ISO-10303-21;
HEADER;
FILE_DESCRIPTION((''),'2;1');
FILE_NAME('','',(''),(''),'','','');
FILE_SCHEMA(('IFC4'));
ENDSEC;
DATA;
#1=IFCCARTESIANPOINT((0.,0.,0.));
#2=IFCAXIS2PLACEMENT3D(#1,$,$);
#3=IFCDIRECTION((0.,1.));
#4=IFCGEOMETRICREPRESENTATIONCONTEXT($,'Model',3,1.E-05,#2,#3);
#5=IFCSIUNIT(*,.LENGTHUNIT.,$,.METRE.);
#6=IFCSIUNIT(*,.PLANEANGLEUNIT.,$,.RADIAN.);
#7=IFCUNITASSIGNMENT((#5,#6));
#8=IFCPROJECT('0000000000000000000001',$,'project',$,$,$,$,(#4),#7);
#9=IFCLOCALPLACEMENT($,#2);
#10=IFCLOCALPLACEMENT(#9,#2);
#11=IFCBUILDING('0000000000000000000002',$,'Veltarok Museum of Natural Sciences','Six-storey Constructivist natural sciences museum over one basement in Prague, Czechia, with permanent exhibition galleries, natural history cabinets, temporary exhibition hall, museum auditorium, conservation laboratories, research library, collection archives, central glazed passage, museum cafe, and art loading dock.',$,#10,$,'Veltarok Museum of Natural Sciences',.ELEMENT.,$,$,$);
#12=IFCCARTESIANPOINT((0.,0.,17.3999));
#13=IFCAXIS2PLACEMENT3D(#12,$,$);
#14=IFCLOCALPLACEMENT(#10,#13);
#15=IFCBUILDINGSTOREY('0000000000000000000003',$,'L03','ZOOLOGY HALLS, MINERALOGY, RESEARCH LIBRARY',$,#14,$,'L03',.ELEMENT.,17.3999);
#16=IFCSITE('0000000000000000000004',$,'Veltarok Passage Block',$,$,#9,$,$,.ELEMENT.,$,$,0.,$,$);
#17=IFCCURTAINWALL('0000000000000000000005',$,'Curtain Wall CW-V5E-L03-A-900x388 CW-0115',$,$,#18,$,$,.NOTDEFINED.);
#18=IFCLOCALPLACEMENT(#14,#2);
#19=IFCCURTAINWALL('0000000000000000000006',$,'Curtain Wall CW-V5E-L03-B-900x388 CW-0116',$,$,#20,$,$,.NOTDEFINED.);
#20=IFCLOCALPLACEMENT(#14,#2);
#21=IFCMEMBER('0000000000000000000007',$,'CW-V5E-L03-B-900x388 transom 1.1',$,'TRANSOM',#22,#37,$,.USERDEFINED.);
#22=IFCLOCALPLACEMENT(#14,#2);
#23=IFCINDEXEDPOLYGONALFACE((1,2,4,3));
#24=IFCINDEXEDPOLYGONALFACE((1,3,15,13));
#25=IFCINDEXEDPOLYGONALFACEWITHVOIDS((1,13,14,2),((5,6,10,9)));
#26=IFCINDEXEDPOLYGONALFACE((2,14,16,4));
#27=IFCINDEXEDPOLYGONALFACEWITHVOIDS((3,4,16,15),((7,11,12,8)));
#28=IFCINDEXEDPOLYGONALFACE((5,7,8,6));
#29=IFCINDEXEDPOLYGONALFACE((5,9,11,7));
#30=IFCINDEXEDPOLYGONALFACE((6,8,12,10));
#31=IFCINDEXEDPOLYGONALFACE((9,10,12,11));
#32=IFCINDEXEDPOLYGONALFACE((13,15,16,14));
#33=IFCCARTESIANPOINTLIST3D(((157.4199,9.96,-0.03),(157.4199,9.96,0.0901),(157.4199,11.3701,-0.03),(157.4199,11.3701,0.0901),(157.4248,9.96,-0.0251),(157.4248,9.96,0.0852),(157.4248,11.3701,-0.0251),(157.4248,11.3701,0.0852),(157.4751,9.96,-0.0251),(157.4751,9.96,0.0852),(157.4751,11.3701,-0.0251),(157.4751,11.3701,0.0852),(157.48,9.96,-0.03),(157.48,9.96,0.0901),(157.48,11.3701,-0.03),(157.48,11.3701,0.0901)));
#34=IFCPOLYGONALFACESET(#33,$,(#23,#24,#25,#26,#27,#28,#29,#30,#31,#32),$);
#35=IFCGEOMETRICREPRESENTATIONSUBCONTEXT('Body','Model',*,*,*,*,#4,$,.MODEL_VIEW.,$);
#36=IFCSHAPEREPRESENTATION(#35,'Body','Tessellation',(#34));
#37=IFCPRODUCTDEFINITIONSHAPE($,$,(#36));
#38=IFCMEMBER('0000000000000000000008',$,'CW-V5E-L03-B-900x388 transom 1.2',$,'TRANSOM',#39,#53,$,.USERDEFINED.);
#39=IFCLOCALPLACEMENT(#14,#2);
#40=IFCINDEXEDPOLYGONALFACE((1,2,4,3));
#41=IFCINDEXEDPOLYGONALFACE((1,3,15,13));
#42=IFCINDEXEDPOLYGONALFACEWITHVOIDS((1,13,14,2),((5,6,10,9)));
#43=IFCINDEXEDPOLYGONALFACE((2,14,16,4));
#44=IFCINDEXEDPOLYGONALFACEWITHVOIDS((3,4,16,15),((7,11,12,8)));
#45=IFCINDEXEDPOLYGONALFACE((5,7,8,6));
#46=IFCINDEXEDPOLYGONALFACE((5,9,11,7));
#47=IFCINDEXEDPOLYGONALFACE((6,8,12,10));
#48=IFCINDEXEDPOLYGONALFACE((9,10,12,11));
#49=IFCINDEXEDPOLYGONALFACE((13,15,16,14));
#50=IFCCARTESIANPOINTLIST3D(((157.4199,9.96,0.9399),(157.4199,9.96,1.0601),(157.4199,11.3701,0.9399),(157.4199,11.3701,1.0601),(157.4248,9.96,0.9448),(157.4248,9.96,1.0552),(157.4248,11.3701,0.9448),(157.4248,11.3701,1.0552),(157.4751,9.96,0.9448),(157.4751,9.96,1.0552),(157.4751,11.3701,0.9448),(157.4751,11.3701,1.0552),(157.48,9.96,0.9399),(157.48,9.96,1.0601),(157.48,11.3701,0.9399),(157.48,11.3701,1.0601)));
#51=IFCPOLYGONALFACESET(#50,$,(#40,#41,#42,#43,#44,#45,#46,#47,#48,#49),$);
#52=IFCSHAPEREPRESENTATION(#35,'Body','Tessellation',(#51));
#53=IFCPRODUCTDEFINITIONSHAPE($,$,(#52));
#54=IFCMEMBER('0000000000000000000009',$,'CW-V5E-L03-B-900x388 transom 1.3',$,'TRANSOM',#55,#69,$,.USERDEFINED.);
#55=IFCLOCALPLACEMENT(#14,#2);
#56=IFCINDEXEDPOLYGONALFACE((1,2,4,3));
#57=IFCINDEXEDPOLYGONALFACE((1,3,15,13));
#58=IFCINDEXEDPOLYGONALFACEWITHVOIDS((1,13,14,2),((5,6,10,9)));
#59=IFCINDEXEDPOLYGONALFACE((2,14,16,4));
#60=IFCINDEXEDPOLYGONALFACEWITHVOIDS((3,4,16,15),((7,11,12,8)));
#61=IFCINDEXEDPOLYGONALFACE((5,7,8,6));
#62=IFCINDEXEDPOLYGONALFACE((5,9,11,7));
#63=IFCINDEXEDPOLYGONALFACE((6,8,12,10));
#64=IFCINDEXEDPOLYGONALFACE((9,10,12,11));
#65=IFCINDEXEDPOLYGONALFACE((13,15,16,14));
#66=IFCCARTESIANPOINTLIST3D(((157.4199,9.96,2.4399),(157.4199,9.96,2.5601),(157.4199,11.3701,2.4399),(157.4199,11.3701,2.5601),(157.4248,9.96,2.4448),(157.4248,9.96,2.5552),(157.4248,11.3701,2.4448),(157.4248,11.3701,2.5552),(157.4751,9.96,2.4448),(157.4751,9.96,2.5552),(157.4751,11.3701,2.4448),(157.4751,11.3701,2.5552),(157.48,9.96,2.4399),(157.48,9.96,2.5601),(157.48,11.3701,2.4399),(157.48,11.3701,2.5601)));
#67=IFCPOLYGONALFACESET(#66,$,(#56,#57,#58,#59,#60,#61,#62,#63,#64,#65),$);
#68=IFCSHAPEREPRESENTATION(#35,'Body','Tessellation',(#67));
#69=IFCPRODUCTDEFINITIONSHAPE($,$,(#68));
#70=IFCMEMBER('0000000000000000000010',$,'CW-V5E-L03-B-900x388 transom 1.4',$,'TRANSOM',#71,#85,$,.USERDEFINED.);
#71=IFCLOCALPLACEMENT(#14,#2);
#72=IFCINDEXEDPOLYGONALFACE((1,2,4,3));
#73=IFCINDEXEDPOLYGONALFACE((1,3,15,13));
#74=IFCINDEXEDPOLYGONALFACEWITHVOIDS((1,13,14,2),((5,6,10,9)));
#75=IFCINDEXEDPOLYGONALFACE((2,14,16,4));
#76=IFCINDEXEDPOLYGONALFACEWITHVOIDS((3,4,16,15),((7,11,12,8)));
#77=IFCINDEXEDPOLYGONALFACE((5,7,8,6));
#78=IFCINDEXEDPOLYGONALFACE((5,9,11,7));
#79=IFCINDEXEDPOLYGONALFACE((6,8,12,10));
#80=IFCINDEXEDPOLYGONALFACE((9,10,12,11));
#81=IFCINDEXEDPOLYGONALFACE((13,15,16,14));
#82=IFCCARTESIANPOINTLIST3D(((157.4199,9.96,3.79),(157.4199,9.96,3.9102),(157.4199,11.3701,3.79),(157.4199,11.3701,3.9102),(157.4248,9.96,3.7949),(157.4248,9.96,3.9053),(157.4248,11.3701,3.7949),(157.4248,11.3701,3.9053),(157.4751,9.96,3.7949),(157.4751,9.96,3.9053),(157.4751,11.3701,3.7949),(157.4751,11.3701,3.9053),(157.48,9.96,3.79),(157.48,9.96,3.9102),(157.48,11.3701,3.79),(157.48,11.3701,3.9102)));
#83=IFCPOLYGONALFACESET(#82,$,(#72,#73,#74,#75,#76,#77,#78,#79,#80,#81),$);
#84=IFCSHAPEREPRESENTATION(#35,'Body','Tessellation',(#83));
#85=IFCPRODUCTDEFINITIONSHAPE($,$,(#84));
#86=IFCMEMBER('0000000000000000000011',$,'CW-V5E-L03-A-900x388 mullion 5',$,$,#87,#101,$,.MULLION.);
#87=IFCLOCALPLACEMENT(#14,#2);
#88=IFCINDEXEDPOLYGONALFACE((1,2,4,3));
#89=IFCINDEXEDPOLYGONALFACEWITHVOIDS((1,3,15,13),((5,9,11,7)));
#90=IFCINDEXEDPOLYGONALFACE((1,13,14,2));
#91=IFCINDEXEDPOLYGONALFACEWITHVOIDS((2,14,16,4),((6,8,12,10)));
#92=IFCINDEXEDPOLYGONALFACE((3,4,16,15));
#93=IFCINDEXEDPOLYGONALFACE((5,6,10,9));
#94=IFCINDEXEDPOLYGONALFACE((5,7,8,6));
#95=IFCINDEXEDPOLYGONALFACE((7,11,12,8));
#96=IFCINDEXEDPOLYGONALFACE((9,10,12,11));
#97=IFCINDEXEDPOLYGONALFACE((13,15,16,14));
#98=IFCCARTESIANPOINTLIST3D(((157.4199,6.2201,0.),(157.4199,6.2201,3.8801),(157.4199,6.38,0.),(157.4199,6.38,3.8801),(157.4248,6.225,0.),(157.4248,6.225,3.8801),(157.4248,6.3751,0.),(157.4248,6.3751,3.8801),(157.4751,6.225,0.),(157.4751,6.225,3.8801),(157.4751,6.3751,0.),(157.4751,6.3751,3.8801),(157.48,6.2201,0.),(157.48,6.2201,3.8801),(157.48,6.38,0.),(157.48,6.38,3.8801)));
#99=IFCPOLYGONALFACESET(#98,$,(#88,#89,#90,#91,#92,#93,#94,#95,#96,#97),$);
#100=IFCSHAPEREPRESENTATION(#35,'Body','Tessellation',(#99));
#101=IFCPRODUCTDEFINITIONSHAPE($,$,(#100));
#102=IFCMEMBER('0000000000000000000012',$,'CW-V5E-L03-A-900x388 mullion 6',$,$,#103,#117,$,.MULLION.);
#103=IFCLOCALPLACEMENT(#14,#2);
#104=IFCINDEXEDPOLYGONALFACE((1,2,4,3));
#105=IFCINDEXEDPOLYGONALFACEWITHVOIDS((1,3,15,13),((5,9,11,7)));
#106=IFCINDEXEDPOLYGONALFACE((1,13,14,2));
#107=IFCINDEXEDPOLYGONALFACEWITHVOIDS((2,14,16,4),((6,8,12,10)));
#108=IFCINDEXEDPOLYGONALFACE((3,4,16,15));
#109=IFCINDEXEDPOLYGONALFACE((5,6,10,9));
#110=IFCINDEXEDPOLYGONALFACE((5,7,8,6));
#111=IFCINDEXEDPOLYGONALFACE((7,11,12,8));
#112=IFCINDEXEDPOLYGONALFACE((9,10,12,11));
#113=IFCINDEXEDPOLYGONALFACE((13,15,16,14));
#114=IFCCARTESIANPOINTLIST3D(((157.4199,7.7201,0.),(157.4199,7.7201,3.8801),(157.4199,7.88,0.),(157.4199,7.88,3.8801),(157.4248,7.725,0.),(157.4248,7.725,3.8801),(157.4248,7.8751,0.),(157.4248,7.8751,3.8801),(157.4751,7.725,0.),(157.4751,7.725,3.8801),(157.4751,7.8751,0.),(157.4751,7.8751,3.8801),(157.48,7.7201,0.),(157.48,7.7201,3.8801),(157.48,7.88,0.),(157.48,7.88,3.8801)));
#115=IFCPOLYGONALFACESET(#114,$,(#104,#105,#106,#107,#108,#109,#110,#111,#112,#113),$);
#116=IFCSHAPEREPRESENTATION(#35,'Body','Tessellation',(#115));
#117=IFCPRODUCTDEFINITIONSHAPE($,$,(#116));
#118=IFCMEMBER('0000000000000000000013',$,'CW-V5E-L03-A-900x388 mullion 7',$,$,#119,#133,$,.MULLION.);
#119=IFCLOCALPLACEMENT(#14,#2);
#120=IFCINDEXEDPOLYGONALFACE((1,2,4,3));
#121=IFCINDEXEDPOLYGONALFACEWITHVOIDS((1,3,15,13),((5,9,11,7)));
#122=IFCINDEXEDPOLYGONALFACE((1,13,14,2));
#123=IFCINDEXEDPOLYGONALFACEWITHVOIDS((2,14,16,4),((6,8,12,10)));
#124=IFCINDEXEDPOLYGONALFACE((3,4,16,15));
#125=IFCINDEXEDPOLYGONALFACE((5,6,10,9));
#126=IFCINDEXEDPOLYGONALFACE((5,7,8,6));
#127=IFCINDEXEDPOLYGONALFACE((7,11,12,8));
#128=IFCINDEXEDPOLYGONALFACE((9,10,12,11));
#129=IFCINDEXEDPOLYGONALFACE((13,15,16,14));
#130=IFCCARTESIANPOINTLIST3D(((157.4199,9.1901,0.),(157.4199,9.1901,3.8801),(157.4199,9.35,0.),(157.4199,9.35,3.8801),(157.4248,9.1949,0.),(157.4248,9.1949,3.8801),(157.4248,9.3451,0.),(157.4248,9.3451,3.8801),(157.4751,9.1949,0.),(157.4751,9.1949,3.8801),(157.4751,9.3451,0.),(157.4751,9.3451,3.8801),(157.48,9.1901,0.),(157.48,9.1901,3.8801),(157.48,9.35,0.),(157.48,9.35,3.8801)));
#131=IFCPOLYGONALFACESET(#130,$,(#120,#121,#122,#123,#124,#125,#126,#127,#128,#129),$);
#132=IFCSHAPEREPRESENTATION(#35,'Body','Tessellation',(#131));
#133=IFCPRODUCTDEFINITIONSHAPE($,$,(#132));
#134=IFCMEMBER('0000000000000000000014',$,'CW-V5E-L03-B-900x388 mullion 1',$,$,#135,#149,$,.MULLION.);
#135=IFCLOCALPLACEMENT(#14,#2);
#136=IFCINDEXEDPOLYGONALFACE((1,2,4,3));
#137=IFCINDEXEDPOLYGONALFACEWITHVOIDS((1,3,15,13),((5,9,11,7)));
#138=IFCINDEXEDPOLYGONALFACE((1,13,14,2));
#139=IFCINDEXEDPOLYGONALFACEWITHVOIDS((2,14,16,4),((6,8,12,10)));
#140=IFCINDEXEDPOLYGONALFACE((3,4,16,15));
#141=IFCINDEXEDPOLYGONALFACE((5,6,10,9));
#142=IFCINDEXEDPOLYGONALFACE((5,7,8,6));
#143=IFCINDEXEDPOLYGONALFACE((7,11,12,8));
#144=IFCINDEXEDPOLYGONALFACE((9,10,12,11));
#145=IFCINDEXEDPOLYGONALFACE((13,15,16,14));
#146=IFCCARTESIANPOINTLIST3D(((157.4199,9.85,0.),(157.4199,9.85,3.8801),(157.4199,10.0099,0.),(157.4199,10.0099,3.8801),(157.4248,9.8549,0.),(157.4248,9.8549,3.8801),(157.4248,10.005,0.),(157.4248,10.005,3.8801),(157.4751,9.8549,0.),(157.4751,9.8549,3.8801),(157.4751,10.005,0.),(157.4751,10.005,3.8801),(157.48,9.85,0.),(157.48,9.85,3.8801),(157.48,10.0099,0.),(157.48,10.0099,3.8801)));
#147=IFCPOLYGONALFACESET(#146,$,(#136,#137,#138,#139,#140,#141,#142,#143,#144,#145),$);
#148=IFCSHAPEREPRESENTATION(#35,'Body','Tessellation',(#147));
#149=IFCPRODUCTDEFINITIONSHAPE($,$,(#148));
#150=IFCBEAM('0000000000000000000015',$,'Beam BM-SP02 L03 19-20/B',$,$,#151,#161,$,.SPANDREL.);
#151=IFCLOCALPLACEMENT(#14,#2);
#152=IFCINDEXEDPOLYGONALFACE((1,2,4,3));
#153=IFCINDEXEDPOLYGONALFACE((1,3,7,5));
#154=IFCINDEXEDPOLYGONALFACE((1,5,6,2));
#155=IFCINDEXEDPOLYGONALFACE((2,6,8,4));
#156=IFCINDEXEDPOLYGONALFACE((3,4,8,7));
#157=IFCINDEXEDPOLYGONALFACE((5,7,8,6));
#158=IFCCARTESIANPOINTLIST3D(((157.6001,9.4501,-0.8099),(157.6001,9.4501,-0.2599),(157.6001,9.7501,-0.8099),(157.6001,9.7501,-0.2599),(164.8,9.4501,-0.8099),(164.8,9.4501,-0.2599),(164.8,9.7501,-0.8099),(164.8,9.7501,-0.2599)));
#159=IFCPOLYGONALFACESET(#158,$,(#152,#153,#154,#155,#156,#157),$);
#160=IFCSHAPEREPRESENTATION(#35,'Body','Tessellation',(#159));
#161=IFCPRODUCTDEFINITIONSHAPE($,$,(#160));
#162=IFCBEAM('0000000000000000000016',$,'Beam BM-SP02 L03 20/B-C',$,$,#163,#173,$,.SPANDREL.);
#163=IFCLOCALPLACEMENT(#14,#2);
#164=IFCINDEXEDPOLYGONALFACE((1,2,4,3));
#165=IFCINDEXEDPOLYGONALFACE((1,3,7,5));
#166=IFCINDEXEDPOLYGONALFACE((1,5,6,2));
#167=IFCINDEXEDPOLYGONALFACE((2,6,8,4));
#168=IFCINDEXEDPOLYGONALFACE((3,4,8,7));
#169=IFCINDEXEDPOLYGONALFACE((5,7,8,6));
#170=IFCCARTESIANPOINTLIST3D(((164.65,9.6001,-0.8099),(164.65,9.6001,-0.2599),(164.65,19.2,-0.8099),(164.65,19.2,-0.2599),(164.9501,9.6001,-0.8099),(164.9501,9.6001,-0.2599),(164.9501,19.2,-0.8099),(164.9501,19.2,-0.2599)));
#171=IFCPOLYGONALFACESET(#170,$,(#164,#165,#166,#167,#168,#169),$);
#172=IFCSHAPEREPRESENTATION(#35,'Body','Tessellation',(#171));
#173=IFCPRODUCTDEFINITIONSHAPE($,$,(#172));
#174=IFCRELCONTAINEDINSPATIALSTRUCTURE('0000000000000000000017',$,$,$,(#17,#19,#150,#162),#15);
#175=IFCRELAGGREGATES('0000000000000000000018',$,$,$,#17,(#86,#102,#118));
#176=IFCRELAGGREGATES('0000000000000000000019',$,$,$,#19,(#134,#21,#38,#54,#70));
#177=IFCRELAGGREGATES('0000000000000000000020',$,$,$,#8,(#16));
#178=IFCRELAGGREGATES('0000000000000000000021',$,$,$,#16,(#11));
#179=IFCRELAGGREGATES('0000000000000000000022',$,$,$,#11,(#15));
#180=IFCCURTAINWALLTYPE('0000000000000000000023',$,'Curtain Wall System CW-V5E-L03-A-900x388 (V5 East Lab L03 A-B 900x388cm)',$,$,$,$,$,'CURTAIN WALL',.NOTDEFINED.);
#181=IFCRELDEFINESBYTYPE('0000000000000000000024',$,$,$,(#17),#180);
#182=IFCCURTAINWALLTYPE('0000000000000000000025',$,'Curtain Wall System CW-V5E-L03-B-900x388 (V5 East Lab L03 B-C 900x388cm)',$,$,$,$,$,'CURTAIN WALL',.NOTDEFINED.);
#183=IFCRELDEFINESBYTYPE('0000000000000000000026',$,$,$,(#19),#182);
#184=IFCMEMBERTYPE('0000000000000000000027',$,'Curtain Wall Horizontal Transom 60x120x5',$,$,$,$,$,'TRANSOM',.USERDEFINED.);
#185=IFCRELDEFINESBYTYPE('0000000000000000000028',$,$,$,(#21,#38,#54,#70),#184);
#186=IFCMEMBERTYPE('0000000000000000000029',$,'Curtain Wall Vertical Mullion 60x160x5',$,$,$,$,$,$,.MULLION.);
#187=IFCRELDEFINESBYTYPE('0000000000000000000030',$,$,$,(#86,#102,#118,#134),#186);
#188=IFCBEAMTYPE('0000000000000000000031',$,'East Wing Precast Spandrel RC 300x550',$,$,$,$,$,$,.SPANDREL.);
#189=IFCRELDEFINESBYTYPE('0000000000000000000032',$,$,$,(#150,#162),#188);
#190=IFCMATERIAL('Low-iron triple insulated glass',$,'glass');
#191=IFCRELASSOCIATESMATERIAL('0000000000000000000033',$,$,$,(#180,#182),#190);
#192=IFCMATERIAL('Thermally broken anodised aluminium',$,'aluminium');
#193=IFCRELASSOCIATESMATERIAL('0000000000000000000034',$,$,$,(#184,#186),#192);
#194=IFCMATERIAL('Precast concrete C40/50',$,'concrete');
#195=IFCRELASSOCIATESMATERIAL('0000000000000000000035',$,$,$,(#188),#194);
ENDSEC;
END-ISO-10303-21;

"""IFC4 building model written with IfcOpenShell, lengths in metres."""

from ifc_helpers import new_model, si_unit, direction, frame, origin, origin_2d, place, context, subcontext, project, spatial, rectangle, hollow_rectangle, extrude, material, material_profile, profile_set, type_object, element, aggregate, save


model = new_model("IFC4")

# Units and contexts
model_context = context("Model", 3, precision=1e-05, world=origin(), true_north=direction((0.0, 1.0)))
body_context = subcontext(model_context, "Body", "Model", "MODEL_VIEW")
ifc_project = project(units=[si_unit("LENGTHUNIT", "METRE"), si_unit("PLANEANGLEUNIT", "RADIAN")], contexts=[model_context])

# Site, building, storey
site_placement = place(None, origin())
site = spatial("IfcSite", under=ifc_project, at=site_placement, Name="Veltarok Passage Block", CompositionType="ELEMENT", RefElevation=0.0)
building_placement = place(site_placement, origin())
building = spatial("IfcBuilding", under=site, at=building_placement, Name="Veltarok Museum of Natural Sciences", Description="Six-storey Constructivist natural sciences museum over one basement in Prague, Czechia, with permanent exhibition galleries, natural history cabinets, temporary exhibition hall, museum auditorium, conservation laboratories, research library, collection archives, central glazed passage, museum cafe, and art loading dock.", LongName="Veltarok Museum of Natural Sciences", CompositionType="ELEMENT")
storey_placement = place(building_placement, frame((0.0, 0.0, 17.3999)))
storey = spatial("IfcBuildingStorey", under=building, at=storey_placement, Name="L03", Description="ZOOLOGY HALLS, MINERALOGY, RESEARCH LIBRARY", LongName="L03", CompositionType="ELEMENT", Elevation=17.3999)

# Curtain walls, members
ifc_material_1 = material(Name="Low-iron triple insulated glass", Category="glass")
curtain_wall_type_1 = type_object("IfcCurtainWallType", Name="Curtain Wall System CW-V5E-L03-A-900x388 (V5 East Lab L03 A-B 900x388cm)", ElementType="CURTAIN WALL", PredefinedType="NOTDEFINED", material=ifc_material_1)
curtain_wall_1_placement = place(storey_placement, origin())
curtain_wall_1 = element("IfcCurtainWall", 1, at=curtain_wall_1_placement, inside=storey, type_object=curtain_wall_type_1, Name="Curtain Wall CW-V5E-L03-A-900x388 CW-0115", PredefinedType="NOTDEFINED")
ifc_material_2 = material(Name="Thermally broken anodised aluminium", Category="aluminium")
ifc_material_profile_1 = material_profile(ifc_material_2, hollow_rectangle(XDim=0.0601, YDim=0.1201, WallThickness=0.0049, at=origin_2d()), Name="CW TRANSOM 60x120x5")
ifc_profile_set_1 = profile_set([ifc_material_profile_1], Name="Thermally broken anodised aluminium")
member_type_1 = type_object("IfcMemberType", Name="Curtain Wall Horizontal Transom 60x120x5", ElementType="TRANSOM", PredefinedType="USERDEFINED", material=ifc_profile_set_1)
curtain_wall_type_2 = type_object("IfcCurtainWallType", Name="Curtain Wall System CW-V5E-L03-B-900x388 (V5 East Lab L03 B-C 900x388cm)", ElementType="CURTAIN WALL", PredefinedType="NOTDEFINED", material=ifc_material_1)
curtain_wall_2_placement = place(storey_placement, origin())
curtain_wall_2 = element("IfcCurtainWall", 2, at=curtain_wall_2_placement, inside=storey, type_object=curtain_wall_type_2, Name="Curtain Wall CW-V5E-L03-B-900x388 CW-0116", PredefinedType="NOTDEFINED")
member_1_placement = place(storey_placement, frame((157.45, 9.96, 0.03), z_axis=(0.0, 1.0, 0.0), x_axis=(-1.0, 0.0, 0.0)))
member_1 = element("IfcMember", 3, at=member_1_placement, type_object=member_type_1, Name="CW-V5E-L03-B-900x388 transom 1.1", ObjectType="TRANSOM", PredefinedType="USERDEFINED", context=body_context, shape_type="SweptSolid", body=[
    extrude(hollow_rectangle(XDim=0.0601, YDim=0.1201, WallThickness=0.0049, at=origin_2d()), origin(), (0.0, 0.0, 1.0), 1.4102),
])
member_2_placement = place(storey_placement, frame((157.45, 9.96, 1.0), z_axis=(0.0, 1.0, 0.0), x_axis=(-1.0, 0.0, 0.0)))
member_2 = element("IfcMember", 4, at=member_2_placement, type_object=member_type_1, Name="CW-V5E-L03-B-900x388 transom 1.2", ObjectType="TRANSOM", PredefinedType="USERDEFINED", context=body_context, shape_type="SweptSolid", body=[
    extrude(hollow_rectangle(XDim=0.0601, YDim=0.1201, WallThickness=0.0049, at=origin_2d()), origin(), (0.0, 0.0, 1.0), 1.4102),
])
member_3_placement = place(storey_placement, frame((157.45, 9.96, 2.5), z_axis=(0.0, 1.0, 0.0), x_axis=(-1.0, 0.0, 0.0)))
member_3 = element("IfcMember", 5, at=member_3_placement, type_object=member_type_1, Name="CW-V5E-L03-B-900x388 transom 1.3", ObjectType="TRANSOM", PredefinedType="USERDEFINED", context=body_context, shape_type="SweptSolid", body=[
    extrude(hollow_rectangle(XDim=0.0601, YDim=0.1201, WallThickness=0.0049, at=origin_2d()), origin(), (0.0, 0.0, 1.0), 1.4102),
])
member_4_placement = place(storey_placement, frame((157.45, 9.96, 3.8501), z_axis=(0.0, 1.0, 0.0), x_axis=(-1.0, 0.0, 0.0)))
member_4 = element("IfcMember", 6, at=member_4_placement, type_object=member_type_1, Name="CW-V5E-L03-B-900x388 transom 1.4", ObjectType="TRANSOM", PredefinedType="USERDEFINED", context=body_context, shape_type="SweptSolid", body=[
    extrude(hollow_rectangle(XDim=0.0601, YDim=0.1201, WallThickness=0.0049, at=origin_2d()), origin(), (0.0, 0.0, 1.0), 1.4102),
])

# Members
ifc_material_profile_2 = material_profile(ifc_material_2, hollow_rectangle(XDim=0.0601, YDim=0.1599, WallThickness=0.0049, at=origin_2d()), Name="CW MULLION 60x160x5")
ifc_profile_set_2 = profile_set([ifc_material_profile_2], Name="Thermally broken anodised aluminium")
member_type_2 = type_object("IfcMemberType", Name="Curtain Wall Vertical Mullion 60x160x5", PredefinedType="MULLION", material=ifc_profile_set_2)
member_5_placement = place(storey_placement, frame((157.45, 6.3, 0.0), z_axis=(0.0, 0.0, 1.0), x_axis=(-1.0, 0.0, 0.0)))
member_5 = element("IfcMember", 7, at=member_5_placement, type_object=member_type_2, Name="CW-V5E-L03-A-900x388 mullion 5", PredefinedType="MULLION", context=body_context, shape_type="SweptSolid", body=[
    extrude(hollow_rectangle(XDim=0.0601, YDim=0.1599, WallThickness=0.0049, at=origin_2d()), origin(), (0.0, 0.0, 1.0), 3.8801),
])
member_6_placement = place(storey_placement, frame((157.45, 7.8, 0.0), z_axis=(0.0, 0.0, 1.0), x_axis=(-1.0, 0.0, 0.0)))
member_6 = element("IfcMember", 8, at=member_6_placement, type_object=member_type_2, Name="CW-V5E-L03-A-900x388 mullion 6", PredefinedType="MULLION", context=body_context, shape_type="SweptSolid", body=[
    extrude(hollow_rectangle(XDim=0.0601, YDim=0.1599, WallThickness=0.0049, at=origin_2d()), origin(), (0.0, 0.0, 1.0), 3.8801),
])
member_7_placement = place(storey_placement, frame((157.45, 9.27, 0.0), z_axis=(0.0, 0.0, 1.0), x_axis=(-1.0, 0.0, 0.0)))
member_7 = element("IfcMember", 9, at=member_7_placement, type_object=member_type_2, Name="CW-V5E-L03-A-900x388 mullion 7", PredefinedType="MULLION", context=body_context, shape_type="SweptSolid", body=[
    extrude(hollow_rectangle(XDim=0.0601, YDim=0.1599, WallThickness=0.0049, at=origin_2d()), origin(), (0.0, 0.0, 1.0), 3.8801),
])
member_8_placement = place(storey_placement, frame((157.45, 9.9299, 0.0), z_axis=(0.0, 0.0, 1.0), x_axis=(-1.0, 0.0, 0.0)))
member_8 = element("IfcMember", 10, at=member_8_placement, type_object=member_type_2, Name="CW-V5E-L03-B-900x388 mullion 1", PredefinedType="MULLION", context=body_context, shape_type="SweptSolid", body=[
    extrude(hollow_rectangle(XDim=0.0601, YDim=0.1599, WallThickness=0.0049, at=origin_2d()), origin(), (0.0, 0.0, 1.0), 3.8801),
])

# Beams
ifc_material_3 = material(Name="Precast concrete C40/50", Category="concrete")
ifc_material_profile_3 = material_profile(ifc_material_3, rectangle(XDim=0.3, YDim=0.55, at=origin_2d()), Name="RC 300x550")
ifc_profile_set_3 = profile_set([ifc_material_profile_3], Name="Precast concrete C40/50")
beam_type_1 = type_object("IfcBeamType", Name="East Wing Precast Spandrel RC 300x550", PredefinedType="SPANDREL", material=ifc_profile_set_3)
beam_1_placement = place(storey_placement, frame((157.6001, 9.6001, -0.5349), z_axis=(1.0, 0.0, 0.0), x_axis=(0.0, 1.0, 0.0)))
element("IfcBeam", 11, at=beam_1_placement, inside=storey, type_object=beam_type_1, Name="Beam BM-SP02 L03 19-20/B", PredefinedType="SPANDREL", context=body_context, shape_type="SweptSolid", body=[
    extrude(rectangle(XDim=0.3, YDim=0.55, at=origin_2d()), origin(), (0.0, 0.0, 1.0), 7.2),
])
beam_2_placement = place(storey_placement, frame((164.8, 9.6001, -0.5349), z_axis=(0.0, 1.0, 0.0), x_axis=(-1.0, 0.0, 0.0)))
element("IfcBeam", 12, at=beam_2_placement, inside=storey, type_object=beam_type_1, Name="Beam BM-SP02 L03 20/B-C", PredefinedType="SPANDREL", context=body_context, shape_type="SweptSolid", body=[
    extrude(rectangle(XDim=0.3, YDim=0.55, at=origin_2d()), origin(), (0.0, 0.0, 1.0), 9.5999),
])

aggregate(curtain_wall_1, [member_5, member_6, member_7])
aggregate(curtain_wall_2, [member_8, member_1, member_2, member_3, member_4])

save(model, "model.ifc")
